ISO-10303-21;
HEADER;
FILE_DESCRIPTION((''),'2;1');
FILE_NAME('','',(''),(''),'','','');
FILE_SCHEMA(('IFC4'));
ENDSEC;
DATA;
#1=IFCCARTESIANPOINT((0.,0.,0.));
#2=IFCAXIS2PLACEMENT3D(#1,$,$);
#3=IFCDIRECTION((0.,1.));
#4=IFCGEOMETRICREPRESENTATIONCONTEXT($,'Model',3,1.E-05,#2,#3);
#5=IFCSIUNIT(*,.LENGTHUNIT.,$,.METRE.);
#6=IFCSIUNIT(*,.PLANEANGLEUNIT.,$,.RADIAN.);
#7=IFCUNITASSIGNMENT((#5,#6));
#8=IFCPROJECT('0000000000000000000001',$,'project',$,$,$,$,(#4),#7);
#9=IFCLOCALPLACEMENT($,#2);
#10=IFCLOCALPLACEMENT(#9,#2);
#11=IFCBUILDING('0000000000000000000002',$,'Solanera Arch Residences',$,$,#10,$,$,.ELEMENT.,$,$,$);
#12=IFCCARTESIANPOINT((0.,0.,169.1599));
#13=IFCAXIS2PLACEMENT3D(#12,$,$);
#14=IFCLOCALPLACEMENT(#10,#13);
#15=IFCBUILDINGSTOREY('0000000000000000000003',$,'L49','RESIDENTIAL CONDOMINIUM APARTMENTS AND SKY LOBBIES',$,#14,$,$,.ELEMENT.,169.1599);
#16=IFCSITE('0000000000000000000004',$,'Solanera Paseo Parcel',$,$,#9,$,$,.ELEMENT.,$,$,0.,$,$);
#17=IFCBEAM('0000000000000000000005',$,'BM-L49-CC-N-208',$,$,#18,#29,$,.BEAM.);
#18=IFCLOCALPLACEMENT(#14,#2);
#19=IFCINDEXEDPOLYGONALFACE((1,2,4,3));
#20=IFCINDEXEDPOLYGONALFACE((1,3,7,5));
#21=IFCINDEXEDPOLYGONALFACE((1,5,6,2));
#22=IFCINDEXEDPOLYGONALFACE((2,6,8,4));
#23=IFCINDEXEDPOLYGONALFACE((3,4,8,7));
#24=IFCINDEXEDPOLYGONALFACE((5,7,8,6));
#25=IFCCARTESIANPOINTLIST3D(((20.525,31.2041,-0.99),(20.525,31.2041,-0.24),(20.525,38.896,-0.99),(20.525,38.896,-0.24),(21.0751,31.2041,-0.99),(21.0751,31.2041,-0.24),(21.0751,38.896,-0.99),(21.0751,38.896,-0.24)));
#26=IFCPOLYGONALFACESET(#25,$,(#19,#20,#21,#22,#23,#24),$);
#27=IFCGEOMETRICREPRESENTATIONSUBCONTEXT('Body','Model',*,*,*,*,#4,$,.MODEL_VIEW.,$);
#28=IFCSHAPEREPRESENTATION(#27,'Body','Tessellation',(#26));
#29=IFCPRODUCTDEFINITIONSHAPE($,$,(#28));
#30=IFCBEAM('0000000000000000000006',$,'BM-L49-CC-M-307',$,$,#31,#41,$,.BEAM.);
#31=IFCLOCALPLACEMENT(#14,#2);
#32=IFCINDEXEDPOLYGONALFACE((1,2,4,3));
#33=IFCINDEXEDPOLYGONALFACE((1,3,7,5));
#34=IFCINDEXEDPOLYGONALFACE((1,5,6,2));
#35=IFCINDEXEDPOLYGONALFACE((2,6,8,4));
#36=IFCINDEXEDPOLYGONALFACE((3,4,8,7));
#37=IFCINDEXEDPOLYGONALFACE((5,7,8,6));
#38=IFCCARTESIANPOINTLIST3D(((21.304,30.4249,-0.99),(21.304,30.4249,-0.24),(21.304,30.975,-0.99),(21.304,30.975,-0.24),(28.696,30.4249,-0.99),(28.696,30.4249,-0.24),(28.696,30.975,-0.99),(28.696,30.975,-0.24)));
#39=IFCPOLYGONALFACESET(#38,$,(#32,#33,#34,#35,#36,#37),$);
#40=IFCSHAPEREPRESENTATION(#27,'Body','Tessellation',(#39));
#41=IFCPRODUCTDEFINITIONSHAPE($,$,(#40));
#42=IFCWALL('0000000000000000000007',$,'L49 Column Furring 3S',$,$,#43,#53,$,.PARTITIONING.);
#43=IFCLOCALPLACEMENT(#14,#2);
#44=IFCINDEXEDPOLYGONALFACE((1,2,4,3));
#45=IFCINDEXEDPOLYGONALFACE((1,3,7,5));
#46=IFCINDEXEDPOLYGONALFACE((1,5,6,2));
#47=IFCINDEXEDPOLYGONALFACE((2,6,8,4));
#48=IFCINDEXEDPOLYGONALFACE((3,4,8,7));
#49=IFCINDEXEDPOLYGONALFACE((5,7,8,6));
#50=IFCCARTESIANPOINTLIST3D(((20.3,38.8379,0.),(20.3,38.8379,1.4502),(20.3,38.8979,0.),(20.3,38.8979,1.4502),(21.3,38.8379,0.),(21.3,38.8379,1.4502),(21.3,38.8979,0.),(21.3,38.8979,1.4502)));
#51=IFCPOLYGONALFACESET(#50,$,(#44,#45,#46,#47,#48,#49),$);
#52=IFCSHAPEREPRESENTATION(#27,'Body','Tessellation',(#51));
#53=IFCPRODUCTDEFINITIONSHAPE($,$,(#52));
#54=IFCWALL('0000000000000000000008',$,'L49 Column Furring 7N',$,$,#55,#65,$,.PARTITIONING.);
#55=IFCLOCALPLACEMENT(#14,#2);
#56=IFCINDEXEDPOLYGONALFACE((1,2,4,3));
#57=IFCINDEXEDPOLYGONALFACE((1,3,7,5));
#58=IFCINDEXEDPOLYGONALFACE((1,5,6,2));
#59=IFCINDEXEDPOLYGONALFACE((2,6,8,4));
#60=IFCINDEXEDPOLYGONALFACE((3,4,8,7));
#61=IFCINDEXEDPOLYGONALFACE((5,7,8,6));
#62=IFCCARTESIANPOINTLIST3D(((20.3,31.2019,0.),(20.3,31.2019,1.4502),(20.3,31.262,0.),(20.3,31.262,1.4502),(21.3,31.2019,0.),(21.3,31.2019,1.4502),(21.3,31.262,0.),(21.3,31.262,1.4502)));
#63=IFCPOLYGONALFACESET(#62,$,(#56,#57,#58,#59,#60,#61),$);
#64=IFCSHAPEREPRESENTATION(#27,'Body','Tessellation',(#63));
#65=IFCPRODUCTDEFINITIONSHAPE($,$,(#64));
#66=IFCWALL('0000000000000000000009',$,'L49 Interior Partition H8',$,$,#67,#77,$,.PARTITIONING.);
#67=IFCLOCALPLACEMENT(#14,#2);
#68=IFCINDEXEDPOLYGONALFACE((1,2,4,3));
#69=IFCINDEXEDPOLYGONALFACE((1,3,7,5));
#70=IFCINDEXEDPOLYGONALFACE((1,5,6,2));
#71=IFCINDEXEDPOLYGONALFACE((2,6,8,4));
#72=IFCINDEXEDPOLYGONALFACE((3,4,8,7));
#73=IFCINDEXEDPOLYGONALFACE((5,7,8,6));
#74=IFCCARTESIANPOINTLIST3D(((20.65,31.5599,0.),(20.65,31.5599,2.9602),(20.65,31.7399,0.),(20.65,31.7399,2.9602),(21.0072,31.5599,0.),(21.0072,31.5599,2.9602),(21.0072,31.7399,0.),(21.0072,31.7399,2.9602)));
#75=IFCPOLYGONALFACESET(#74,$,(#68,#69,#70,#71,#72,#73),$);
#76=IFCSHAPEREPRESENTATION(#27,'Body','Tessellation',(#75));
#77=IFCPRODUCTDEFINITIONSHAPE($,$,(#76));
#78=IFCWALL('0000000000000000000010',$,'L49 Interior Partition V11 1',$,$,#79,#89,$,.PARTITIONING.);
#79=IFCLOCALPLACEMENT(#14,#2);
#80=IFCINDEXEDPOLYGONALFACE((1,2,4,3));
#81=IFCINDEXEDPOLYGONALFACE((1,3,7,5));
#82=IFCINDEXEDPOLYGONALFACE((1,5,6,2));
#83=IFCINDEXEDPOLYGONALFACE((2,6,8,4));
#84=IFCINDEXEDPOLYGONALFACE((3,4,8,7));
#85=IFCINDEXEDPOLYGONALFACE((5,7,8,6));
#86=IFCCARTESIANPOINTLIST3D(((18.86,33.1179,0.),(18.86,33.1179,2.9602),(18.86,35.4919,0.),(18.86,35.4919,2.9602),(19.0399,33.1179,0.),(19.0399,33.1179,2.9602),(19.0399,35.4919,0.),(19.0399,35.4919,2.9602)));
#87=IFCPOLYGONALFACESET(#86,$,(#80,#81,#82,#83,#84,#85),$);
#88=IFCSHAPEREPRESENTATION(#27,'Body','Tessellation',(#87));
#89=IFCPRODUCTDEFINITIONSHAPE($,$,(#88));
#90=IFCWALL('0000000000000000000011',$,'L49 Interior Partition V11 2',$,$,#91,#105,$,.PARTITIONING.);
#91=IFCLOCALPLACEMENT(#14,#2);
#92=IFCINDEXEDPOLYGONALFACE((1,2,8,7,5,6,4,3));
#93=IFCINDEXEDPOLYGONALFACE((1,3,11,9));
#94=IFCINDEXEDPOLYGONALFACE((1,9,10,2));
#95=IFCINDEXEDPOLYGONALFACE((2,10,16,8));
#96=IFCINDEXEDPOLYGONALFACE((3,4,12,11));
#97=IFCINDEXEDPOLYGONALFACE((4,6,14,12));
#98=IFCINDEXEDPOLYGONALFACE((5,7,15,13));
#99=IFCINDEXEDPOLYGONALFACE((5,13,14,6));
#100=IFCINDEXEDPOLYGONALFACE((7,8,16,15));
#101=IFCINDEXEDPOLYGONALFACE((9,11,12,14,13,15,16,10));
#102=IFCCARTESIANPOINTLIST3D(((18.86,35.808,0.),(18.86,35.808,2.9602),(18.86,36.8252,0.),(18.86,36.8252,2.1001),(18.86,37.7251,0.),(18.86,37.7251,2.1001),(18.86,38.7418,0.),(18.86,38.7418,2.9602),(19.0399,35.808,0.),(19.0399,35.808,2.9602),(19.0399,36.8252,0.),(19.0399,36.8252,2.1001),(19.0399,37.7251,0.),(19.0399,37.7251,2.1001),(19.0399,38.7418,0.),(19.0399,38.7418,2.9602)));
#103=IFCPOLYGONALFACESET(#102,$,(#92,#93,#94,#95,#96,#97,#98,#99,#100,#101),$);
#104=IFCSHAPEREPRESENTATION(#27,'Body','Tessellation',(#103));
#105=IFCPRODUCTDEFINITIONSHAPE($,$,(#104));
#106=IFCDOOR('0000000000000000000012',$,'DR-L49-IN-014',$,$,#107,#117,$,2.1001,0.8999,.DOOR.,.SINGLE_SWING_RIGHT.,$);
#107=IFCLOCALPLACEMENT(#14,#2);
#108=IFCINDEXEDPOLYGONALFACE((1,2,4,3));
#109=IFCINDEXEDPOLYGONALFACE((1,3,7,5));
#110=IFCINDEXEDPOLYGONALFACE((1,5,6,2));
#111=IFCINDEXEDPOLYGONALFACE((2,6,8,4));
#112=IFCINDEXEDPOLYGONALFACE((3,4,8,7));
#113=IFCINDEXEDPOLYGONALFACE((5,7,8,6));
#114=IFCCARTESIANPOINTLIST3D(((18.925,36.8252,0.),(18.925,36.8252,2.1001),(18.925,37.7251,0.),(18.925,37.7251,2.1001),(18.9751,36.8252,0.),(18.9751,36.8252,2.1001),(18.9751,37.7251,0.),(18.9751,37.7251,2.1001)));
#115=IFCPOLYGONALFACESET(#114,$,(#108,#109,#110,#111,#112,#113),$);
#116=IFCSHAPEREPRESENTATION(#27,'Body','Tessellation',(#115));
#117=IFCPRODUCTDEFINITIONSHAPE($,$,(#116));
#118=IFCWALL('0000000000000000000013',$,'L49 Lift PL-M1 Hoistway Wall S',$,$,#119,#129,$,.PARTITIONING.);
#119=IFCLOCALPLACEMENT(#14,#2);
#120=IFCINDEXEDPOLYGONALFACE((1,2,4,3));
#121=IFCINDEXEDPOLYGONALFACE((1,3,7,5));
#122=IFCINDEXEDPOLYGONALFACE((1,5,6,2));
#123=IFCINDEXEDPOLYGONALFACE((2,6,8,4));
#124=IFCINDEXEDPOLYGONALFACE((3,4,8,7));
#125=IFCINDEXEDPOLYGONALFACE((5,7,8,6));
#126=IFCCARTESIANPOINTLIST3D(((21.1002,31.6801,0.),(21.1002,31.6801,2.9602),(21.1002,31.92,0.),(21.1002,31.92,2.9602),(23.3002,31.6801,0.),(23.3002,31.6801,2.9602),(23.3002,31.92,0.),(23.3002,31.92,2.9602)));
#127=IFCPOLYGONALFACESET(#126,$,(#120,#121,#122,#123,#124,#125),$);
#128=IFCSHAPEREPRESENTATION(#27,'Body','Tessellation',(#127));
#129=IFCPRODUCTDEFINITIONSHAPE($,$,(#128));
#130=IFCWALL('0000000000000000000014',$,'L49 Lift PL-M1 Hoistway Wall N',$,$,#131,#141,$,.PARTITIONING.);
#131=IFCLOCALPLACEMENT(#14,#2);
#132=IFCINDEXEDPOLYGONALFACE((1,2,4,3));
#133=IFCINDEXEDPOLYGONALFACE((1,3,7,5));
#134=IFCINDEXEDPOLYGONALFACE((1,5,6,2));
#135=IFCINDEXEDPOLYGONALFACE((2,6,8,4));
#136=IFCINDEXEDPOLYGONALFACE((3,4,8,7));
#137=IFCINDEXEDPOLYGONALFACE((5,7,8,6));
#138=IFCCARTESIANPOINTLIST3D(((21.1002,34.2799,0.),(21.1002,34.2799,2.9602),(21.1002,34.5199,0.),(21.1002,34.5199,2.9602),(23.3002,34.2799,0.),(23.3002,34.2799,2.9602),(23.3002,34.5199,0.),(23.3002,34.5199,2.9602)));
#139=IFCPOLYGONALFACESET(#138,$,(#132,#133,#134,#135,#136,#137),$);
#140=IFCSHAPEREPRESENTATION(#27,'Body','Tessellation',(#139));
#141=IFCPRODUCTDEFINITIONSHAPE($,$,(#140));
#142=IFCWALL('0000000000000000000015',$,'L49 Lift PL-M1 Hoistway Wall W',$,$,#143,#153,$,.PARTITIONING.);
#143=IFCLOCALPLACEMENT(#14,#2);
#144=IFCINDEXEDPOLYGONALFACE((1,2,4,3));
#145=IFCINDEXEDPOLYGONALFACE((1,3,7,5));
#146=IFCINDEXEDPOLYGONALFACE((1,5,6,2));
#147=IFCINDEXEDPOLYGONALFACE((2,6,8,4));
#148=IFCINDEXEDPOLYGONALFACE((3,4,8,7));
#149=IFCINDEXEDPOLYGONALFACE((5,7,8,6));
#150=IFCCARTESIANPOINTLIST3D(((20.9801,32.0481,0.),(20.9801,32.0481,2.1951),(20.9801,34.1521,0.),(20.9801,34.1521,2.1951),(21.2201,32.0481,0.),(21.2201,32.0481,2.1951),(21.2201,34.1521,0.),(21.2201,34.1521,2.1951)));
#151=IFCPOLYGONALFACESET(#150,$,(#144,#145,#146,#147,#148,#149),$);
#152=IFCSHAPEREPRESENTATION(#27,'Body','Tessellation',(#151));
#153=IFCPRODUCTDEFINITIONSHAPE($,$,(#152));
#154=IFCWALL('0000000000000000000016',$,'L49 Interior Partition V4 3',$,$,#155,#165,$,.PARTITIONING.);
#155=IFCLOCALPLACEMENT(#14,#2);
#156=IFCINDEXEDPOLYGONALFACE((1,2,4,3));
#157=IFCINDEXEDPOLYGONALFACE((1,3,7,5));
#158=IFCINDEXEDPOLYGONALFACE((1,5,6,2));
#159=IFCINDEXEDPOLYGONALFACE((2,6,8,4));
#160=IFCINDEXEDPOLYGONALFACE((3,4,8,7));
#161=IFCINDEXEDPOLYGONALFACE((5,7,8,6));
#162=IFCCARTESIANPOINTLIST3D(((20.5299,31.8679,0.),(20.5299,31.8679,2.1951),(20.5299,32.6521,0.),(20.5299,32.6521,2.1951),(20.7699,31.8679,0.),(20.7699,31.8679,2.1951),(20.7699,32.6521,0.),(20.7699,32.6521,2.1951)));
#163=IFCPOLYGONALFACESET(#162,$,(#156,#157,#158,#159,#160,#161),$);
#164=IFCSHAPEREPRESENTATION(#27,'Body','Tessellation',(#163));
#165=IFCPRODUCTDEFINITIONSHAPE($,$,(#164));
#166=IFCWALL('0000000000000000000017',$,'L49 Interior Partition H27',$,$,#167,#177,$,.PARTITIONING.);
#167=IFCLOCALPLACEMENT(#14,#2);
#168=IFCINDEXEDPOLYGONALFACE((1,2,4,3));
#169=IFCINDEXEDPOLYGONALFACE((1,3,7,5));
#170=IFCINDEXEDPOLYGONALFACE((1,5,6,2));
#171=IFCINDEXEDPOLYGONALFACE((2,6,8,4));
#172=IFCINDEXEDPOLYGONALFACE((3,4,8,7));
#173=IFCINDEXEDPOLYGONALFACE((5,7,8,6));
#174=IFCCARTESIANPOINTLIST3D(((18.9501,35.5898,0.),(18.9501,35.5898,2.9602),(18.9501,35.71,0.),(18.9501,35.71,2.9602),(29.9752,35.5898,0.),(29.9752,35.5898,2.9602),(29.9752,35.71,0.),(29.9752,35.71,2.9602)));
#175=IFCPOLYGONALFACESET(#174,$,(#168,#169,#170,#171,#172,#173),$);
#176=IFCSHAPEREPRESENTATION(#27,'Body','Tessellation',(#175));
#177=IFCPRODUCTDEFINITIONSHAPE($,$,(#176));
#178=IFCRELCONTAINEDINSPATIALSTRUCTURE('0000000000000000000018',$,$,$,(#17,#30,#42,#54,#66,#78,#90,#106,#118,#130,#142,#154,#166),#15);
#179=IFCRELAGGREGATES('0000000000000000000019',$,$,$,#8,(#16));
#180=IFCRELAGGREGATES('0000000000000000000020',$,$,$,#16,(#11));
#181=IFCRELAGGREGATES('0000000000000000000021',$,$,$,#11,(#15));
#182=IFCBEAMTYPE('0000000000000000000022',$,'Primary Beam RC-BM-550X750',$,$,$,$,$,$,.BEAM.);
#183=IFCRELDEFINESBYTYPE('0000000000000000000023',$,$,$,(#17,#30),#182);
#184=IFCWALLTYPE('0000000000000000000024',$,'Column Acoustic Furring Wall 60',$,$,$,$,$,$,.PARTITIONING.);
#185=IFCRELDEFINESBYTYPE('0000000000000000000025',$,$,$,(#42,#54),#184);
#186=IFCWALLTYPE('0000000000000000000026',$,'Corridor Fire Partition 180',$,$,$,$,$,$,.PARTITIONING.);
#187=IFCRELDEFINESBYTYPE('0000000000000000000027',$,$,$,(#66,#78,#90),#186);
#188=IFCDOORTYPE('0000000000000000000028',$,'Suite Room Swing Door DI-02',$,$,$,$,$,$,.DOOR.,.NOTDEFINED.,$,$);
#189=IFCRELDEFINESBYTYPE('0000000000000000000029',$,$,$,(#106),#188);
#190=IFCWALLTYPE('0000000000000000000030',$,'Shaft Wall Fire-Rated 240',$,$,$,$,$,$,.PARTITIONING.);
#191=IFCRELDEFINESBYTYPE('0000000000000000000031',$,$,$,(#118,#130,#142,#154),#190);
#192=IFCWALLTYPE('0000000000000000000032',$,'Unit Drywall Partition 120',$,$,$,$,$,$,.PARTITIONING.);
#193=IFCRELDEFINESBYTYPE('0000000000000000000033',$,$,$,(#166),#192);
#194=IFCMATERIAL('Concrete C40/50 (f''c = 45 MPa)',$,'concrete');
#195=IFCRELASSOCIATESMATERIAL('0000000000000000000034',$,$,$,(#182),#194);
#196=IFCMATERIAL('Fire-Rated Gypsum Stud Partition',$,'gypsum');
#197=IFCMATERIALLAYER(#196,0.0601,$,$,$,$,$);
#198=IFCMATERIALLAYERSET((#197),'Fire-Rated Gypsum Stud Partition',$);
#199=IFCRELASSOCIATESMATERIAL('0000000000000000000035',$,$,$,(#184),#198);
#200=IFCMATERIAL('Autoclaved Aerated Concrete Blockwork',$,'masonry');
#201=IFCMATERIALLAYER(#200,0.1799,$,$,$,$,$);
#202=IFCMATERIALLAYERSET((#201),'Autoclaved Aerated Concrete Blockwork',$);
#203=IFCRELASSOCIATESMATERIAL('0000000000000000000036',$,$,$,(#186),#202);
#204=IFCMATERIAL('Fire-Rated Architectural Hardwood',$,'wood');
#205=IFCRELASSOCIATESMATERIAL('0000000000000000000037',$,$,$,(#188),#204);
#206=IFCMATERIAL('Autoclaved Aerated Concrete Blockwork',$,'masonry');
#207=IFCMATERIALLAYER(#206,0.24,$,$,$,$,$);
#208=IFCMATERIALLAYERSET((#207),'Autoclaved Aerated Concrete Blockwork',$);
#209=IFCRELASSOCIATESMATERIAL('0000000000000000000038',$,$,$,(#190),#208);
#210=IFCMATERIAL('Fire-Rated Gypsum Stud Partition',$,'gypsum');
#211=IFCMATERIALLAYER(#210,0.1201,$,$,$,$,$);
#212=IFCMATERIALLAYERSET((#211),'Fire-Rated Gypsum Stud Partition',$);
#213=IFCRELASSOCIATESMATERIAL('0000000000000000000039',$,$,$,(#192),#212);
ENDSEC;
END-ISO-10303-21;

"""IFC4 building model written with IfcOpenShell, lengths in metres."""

from ifc_helpers import new_model, si_unit, direction, frame, frame_2d, origin, origin_2d, place, context, subcontext, project, spatial, rectangle, extrude, material, layer, layer_set, material_profile, profile_set, type_object, element, fill, save


model = new_model("IFC4")

# Units and contexts
model_context = context("Model", 3, precision=1e-05, world=origin(), true_north=direction((0.0, 1.0)))
body_context = subcontext(model_context, "Body", "Model", "MODEL_VIEW")
ifc_project = project(units=[si_unit("LENGTHUNIT", "METRE"), si_unit("PLANEANGLEUNIT", "RADIAN")], contexts=[model_context])

# Site, building, storey
site_placement = place(None, origin())
site = spatial("IfcSite", under=ifc_project, at=site_placement, Name="Solanera Paseo Parcel", CompositionType="ELEMENT", RefElevation=0.0)
building_placement = place(site_placement, origin())
building = spatial("IfcBuilding", under=site, at=building_placement, Name="Solanera Arch Residences", CompositionType="ELEMENT")
storey_placement = place(building_placement, frame((0.0, 0.0, 169.1599)))
storey = spatial("IfcBuildingStorey", under=building, at=storey_placement, Name="L49", Description="RESIDENTIAL CONDOMINIUM APARTMENTS AND SKY LOBBIES", CompositionType="ELEMENT", Elevation=169.1599)

# Beams
ifc_material_1 = material(Name="Concrete C40/50 (f'c = 45 MPa)", Category="concrete")
ifc_material_profile = material_profile(ifc_material_1, rectangle(XDim=0.55, YDim=0.75, at=origin_2d()))
ifc_profile_set = profile_set([ifc_material_profile], Name="Concrete C40/50 (f'c = 45 MPa)")
beam_type = type_object("IfcBeamType", Name="Primary Beam RC-BM-550X750", PredefinedType="BEAM", material=ifc_profile_set)
beam_1_placement = place(storey_placement, frame((20.8, 31.2041, -0.615), z_axis=(0.0, 1.0, 0.0), x_axis=(-1.0, 0.0, 0.0)))
element("IfcBeam", 1, at=beam_1_placement, inside=storey, type_object=beam_type, Name="BM-L49-CC-N-208", PredefinedType="BEAM", context=body_context, shape_type="SweptSolid", body=[
    extrude(rectangle(XDim=0.55, YDim=0.75, at=origin_2d()), origin(), (0.0, 0.0, 1.0), 7.6919),
])
beam_2_placement = place(storey_placement, frame((21.304, 30.7, -0.615), z_axis=(1.0, 0.0, 0.0), x_axis=(0.0, 1.0, 0.0)))
element("IfcBeam", 2, at=beam_2_placement, inside=storey, type_object=beam_type, Name="BM-L49-CC-M-307", PredefinedType="BEAM", context=body_context, shape_type="SweptSolid", body=[
    extrude(rectangle(XDim=0.55, YDim=0.75, at=origin_2d()), origin(), (0.0, 0.0, 1.0), 7.3921),
])

# Walls
ifc_material_2 = material(Name="Fire-Rated Gypsum Stud Partition", Category="gypsum")
ifc_layer_1 = layer(ifc_material_2, 0.0601)
ifc_layer_set_1 = layer_set([ifc_layer_1], Name="Fire-Rated Gypsum Stud Partition")
wall_type_1 = type_object("IfcWallType", Name="Column Acoustic Furring Wall 60", PredefinedType="PARTITIONING", material=ifc_layer_set_1)
for number, where, z_axis, x_axis, name in (
    (3, (20.3, 38.8679, 0.0), (0.0, 0.0, 1.0), (1.0, 0.0, 0.0), "L49 Column Furring 3S"),
    (4, (20.3, 31.2319, 0.0), (0.0, 0.0, 1.0), (1.0, 0.0, 0.0), "L49 Column Furring 7N"),
):
    element("IfcWall", number, at=place(storey_placement, frame(where, z_axis=z_axis, x_axis=x_axis)), inside=storey, type_object=wall_type_1, Name=name, PredefinedType="PARTITIONING", context=body_context, shape_type="SweptSolid", body=[
        extrude(rectangle(XDim=1.0, YDim=0.0601, at=frame_2d((0.5, 0.0))), origin(), (0.0, 0.0, 1.0), 1.4502),
    ])

# Walls
ifc_material_3 = material(Name="Autoclaved Aerated Concrete Blockwork", Category="masonry")
ifc_layer_2 = layer(ifc_material_3, 0.1799)
ifc_layer_set_2 = layer_set([ifc_layer_2], Name="Autoclaved Aerated Concrete Blockwork")
wall_type_2 = type_object("IfcWallType", Name="Corridor Fire Partition 180", PredefinedType="PARTITIONING", material=ifc_layer_set_2)
wall_1_placement = place(storey_placement, frame((20.6499, 31.6499, 0.0), z_axis=(0.0, 0.0, 1.0), x_axis=(1.0, 0.0, 0.0)))
element("IfcWall", 5, at=wall_1_placement, inside=storey, type_object=wall_type_2, Name="L49 Interior Partition H8", PredefinedType="PARTITIONING", context=body_context, shape_type="SweptSolid", body=[
    extrude(rectangle(XDim=0.3572, YDim=0.1799, at=frame_2d((0.1787, 0.0))), origin(), (0.0, 0.0, 1.0), 2.9602),
])
wall_2_placement = place(storey_placement, frame((18.95, 33.1179, 0.0), z_axis=(0.0, 0.0, 1.0), x_axis=(0.0, 1.0, 0.0)))
element("IfcWall", 6, at=wall_2_placement, inside=storey, type_object=wall_type_2, Name="L49 Interior Partition V11 1", PredefinedType="PARTITIONING", context=body_context, shape_type="SweptSolid", body=[
    extrude(rectangle(XDim=2.374, YDim=0.1799, at=frame_2d((1.187, 0.0))), origin(), (0.0, 0.0, 1.0), 2.9602),
])

# Wall, opening, door
wall_3_placement = place(storey_placement, frame((18.95, 35.8081, 0.0), z_axis=(0.0, 0.0, 1.0), x_axis=(0.0, 1.0, 0.0)))
wall_3 = element("IfcWall", 7, at=wall_3_placement, inside=storey, type_object=wall_type_2, Name="L49 Interior Partition V11 2", PredefinedType="PARTITIONING", context=body_context, shape_type="SweptSolid", body=[
    extrude(rectangle(XDim=2.9338, YDim=0.1799, at=frame_2d((1.4668, 0.0))), origin(), (0.0, 0.0, 1.0), 2.9602),
])
opening_1_placement = place(wall_3_placement, frame((1.0171, 0.0, 0.0)))
opening_1 = element("IfcOpeningElement", 8, at=opening_1_placement, cuts=wall_3, PredefinedType="OPENING", context=body_context, shape_type="SweptSolid", body=[
    extrude(rectangle(XDim=0.8999, YDim=2.1001, at=frame_2d((0.45, 1.05))), frame((0.0, 0.1001, 0.0), z_axis=(0.0, -1.0, 0.0), x_axis=(1.0, 0.0, 0.0)), (0.0, 0.0, 1.0), 0.1999),
])
ifc_material_4 = material(Name="Fire-Rated Architectural Hardwood", Category="wood")
door_type_1 = type_object("IfcDoorType", Name="Suite Room Swing Door DI-02", OperationType="NOTDEFINED", PredefinedType="DOOR", material=ifc_material_4)
door_1_placement = place(opening_1_placement, origin())
door_1 = element("IfcDoor", 9, at=door_1_placement, inside=storey, type_object=door_type_1, Name="DR-L49-IN-014", OperationType="SINGLE_SWING_RIGHT", OverallHeight=2.1001, OverallWidth=0.8999, PredefinedType="DOOR", context=body_context, shape_type="SweptSolid", body=[
    extrude(rectangle(XDim=0.8999, YDim=2.1001, at=frame_2d((0.45, 1.05))), frame((0.0, 0.0249, 0.0), z_axis=(0.0, -1.0, 0.0), x_axis=(1.0, 0.0, 0.0)), (0.0, 0.0, 1.0), 0.05),
])
fill(opening_1, door_1)

# Walls
ifc_material_5 = material(Name="Autoclaved Aerated Concrete Blockwork", Category="masonry")
ifc_layer_3 = layer(ifc_material_5, 0.24)
ifc_layer_set_3 = layer_set([ifc_layer_3], Name="Autoclaved Aerated Concrete Blockwork")
wall_type_3 = type_object("IfcWallType", Name="Shaft Wall Fire-Rated 240", PredefinedType="PARTITIONING", material=ifc_layer_set_3)
for number, where, z_axis, x_axis, name in (
    (10, (21.1001, 31.8, 0.0), (0.0, 0.0, 1.0), (1.0, 0.0, 0.0), "L49 Lift PL-M1 Hoistway Wall S"),
    (11, (21.1001, 34.3999, 0.0), (0.0, 0.0, 1.0), (1.0, 0.0, 0.0), "L49 Lift PL-M1 Hoistway Wall N"),
):
    element("IfcWall", number, at=place(storey_placement, frame(where, z_axis=z_axis, x_axis=x_axis)), inside=storey, type_object=wall_type_3, Name=name, PredefinedType="PARTITIONING", context=body_context, shape_type="SweptSolid", body=[
        extrude(rectangle(XDim=2.2, YDim=0.24, at=frame_2d((1.1001, 0.0))), origin(), (0.0, 0.0, 1.0), 2.9602),
    ])
wall_4_placement = place(storey_placement, frame((21.1001, 32.0481, 0.0), z_axis=(0.0, 0.0, 1.0), x_axis=(0.0, 1.0, 0.0)))
element("IfcWall", 12, at=wall_4_placement, inside=storey, type_object=wall_type_3, Name="L49 Lift PL-M1 Hoistway Wall W", PredefinedType="PARTITIONING", context=body_context, shape_type="SweptSolid", body=[
    extrude(rectangle(XDim=2.104, YDim=0.24, at=frame_2d((1.052, 0.0))), origin(), (0.0, 0.0, 1.0), 2.1951),
])

# Walls
wall_5_placement = place(storey_placement, frame((20.6499, 31.8679, 0.0), z_axis=(0.0, 0.0, 1.0), x_axis=(0.0, 1.0, 0.0)))
element("IfcWall", 13, at=wall_5_placement, inside=storey, type_object=wall_type_3, Name="L49 Interior Partition V4 3", PredefinedType="PARTITIONING", context=body_context, shape_type="SweptSolid", body=[
    extrude(rectangle(XDim=0.7842, YDim=0.24, at=frame_2d((0.3921, 0.0))), origin(), (0.0, 0.0, 1.0), 2.1951),
])
ifc_material_6 = material(Name="Fire-Rated Gypsum Stud Partition", Category="gypsum")
ifc_layer_4 = layer(ifc_material_6, 0.1201)
ifc_layer_set_4 = layer_set([ifc_layer_4], Name="Fire-Rated Gypsum Stud Partition")
wall_type_4 = type_object("IfcWallType", Name="Unit Drywall Partition 120", PredefinedType="PARTITIONING", material=ifc_layer_set_4)
wall_6_placement = place(storey_placement, frame((18.95, 35.6499, 0.0), z_axis=(0.0, 0.0, 1.0), x_axis=(1.0, 0.0, 0.0)))
element("IfcWall", 14, at=wall_6_placement, inside=storey, type_object=wall_type_4, Name="L49 Interior Partition H27", PredefinedType="PARTITIONING", context=body_context, shape_type="SweptSolid", body=[
    extrude(rectangle(XDim=11.0251, YDim=0.1201, at=frame_2d((5.5127, 0.0))), origin(), (0.0, 0.0, 1.0), 2.9602),
])

save(model, "model.ifc")
